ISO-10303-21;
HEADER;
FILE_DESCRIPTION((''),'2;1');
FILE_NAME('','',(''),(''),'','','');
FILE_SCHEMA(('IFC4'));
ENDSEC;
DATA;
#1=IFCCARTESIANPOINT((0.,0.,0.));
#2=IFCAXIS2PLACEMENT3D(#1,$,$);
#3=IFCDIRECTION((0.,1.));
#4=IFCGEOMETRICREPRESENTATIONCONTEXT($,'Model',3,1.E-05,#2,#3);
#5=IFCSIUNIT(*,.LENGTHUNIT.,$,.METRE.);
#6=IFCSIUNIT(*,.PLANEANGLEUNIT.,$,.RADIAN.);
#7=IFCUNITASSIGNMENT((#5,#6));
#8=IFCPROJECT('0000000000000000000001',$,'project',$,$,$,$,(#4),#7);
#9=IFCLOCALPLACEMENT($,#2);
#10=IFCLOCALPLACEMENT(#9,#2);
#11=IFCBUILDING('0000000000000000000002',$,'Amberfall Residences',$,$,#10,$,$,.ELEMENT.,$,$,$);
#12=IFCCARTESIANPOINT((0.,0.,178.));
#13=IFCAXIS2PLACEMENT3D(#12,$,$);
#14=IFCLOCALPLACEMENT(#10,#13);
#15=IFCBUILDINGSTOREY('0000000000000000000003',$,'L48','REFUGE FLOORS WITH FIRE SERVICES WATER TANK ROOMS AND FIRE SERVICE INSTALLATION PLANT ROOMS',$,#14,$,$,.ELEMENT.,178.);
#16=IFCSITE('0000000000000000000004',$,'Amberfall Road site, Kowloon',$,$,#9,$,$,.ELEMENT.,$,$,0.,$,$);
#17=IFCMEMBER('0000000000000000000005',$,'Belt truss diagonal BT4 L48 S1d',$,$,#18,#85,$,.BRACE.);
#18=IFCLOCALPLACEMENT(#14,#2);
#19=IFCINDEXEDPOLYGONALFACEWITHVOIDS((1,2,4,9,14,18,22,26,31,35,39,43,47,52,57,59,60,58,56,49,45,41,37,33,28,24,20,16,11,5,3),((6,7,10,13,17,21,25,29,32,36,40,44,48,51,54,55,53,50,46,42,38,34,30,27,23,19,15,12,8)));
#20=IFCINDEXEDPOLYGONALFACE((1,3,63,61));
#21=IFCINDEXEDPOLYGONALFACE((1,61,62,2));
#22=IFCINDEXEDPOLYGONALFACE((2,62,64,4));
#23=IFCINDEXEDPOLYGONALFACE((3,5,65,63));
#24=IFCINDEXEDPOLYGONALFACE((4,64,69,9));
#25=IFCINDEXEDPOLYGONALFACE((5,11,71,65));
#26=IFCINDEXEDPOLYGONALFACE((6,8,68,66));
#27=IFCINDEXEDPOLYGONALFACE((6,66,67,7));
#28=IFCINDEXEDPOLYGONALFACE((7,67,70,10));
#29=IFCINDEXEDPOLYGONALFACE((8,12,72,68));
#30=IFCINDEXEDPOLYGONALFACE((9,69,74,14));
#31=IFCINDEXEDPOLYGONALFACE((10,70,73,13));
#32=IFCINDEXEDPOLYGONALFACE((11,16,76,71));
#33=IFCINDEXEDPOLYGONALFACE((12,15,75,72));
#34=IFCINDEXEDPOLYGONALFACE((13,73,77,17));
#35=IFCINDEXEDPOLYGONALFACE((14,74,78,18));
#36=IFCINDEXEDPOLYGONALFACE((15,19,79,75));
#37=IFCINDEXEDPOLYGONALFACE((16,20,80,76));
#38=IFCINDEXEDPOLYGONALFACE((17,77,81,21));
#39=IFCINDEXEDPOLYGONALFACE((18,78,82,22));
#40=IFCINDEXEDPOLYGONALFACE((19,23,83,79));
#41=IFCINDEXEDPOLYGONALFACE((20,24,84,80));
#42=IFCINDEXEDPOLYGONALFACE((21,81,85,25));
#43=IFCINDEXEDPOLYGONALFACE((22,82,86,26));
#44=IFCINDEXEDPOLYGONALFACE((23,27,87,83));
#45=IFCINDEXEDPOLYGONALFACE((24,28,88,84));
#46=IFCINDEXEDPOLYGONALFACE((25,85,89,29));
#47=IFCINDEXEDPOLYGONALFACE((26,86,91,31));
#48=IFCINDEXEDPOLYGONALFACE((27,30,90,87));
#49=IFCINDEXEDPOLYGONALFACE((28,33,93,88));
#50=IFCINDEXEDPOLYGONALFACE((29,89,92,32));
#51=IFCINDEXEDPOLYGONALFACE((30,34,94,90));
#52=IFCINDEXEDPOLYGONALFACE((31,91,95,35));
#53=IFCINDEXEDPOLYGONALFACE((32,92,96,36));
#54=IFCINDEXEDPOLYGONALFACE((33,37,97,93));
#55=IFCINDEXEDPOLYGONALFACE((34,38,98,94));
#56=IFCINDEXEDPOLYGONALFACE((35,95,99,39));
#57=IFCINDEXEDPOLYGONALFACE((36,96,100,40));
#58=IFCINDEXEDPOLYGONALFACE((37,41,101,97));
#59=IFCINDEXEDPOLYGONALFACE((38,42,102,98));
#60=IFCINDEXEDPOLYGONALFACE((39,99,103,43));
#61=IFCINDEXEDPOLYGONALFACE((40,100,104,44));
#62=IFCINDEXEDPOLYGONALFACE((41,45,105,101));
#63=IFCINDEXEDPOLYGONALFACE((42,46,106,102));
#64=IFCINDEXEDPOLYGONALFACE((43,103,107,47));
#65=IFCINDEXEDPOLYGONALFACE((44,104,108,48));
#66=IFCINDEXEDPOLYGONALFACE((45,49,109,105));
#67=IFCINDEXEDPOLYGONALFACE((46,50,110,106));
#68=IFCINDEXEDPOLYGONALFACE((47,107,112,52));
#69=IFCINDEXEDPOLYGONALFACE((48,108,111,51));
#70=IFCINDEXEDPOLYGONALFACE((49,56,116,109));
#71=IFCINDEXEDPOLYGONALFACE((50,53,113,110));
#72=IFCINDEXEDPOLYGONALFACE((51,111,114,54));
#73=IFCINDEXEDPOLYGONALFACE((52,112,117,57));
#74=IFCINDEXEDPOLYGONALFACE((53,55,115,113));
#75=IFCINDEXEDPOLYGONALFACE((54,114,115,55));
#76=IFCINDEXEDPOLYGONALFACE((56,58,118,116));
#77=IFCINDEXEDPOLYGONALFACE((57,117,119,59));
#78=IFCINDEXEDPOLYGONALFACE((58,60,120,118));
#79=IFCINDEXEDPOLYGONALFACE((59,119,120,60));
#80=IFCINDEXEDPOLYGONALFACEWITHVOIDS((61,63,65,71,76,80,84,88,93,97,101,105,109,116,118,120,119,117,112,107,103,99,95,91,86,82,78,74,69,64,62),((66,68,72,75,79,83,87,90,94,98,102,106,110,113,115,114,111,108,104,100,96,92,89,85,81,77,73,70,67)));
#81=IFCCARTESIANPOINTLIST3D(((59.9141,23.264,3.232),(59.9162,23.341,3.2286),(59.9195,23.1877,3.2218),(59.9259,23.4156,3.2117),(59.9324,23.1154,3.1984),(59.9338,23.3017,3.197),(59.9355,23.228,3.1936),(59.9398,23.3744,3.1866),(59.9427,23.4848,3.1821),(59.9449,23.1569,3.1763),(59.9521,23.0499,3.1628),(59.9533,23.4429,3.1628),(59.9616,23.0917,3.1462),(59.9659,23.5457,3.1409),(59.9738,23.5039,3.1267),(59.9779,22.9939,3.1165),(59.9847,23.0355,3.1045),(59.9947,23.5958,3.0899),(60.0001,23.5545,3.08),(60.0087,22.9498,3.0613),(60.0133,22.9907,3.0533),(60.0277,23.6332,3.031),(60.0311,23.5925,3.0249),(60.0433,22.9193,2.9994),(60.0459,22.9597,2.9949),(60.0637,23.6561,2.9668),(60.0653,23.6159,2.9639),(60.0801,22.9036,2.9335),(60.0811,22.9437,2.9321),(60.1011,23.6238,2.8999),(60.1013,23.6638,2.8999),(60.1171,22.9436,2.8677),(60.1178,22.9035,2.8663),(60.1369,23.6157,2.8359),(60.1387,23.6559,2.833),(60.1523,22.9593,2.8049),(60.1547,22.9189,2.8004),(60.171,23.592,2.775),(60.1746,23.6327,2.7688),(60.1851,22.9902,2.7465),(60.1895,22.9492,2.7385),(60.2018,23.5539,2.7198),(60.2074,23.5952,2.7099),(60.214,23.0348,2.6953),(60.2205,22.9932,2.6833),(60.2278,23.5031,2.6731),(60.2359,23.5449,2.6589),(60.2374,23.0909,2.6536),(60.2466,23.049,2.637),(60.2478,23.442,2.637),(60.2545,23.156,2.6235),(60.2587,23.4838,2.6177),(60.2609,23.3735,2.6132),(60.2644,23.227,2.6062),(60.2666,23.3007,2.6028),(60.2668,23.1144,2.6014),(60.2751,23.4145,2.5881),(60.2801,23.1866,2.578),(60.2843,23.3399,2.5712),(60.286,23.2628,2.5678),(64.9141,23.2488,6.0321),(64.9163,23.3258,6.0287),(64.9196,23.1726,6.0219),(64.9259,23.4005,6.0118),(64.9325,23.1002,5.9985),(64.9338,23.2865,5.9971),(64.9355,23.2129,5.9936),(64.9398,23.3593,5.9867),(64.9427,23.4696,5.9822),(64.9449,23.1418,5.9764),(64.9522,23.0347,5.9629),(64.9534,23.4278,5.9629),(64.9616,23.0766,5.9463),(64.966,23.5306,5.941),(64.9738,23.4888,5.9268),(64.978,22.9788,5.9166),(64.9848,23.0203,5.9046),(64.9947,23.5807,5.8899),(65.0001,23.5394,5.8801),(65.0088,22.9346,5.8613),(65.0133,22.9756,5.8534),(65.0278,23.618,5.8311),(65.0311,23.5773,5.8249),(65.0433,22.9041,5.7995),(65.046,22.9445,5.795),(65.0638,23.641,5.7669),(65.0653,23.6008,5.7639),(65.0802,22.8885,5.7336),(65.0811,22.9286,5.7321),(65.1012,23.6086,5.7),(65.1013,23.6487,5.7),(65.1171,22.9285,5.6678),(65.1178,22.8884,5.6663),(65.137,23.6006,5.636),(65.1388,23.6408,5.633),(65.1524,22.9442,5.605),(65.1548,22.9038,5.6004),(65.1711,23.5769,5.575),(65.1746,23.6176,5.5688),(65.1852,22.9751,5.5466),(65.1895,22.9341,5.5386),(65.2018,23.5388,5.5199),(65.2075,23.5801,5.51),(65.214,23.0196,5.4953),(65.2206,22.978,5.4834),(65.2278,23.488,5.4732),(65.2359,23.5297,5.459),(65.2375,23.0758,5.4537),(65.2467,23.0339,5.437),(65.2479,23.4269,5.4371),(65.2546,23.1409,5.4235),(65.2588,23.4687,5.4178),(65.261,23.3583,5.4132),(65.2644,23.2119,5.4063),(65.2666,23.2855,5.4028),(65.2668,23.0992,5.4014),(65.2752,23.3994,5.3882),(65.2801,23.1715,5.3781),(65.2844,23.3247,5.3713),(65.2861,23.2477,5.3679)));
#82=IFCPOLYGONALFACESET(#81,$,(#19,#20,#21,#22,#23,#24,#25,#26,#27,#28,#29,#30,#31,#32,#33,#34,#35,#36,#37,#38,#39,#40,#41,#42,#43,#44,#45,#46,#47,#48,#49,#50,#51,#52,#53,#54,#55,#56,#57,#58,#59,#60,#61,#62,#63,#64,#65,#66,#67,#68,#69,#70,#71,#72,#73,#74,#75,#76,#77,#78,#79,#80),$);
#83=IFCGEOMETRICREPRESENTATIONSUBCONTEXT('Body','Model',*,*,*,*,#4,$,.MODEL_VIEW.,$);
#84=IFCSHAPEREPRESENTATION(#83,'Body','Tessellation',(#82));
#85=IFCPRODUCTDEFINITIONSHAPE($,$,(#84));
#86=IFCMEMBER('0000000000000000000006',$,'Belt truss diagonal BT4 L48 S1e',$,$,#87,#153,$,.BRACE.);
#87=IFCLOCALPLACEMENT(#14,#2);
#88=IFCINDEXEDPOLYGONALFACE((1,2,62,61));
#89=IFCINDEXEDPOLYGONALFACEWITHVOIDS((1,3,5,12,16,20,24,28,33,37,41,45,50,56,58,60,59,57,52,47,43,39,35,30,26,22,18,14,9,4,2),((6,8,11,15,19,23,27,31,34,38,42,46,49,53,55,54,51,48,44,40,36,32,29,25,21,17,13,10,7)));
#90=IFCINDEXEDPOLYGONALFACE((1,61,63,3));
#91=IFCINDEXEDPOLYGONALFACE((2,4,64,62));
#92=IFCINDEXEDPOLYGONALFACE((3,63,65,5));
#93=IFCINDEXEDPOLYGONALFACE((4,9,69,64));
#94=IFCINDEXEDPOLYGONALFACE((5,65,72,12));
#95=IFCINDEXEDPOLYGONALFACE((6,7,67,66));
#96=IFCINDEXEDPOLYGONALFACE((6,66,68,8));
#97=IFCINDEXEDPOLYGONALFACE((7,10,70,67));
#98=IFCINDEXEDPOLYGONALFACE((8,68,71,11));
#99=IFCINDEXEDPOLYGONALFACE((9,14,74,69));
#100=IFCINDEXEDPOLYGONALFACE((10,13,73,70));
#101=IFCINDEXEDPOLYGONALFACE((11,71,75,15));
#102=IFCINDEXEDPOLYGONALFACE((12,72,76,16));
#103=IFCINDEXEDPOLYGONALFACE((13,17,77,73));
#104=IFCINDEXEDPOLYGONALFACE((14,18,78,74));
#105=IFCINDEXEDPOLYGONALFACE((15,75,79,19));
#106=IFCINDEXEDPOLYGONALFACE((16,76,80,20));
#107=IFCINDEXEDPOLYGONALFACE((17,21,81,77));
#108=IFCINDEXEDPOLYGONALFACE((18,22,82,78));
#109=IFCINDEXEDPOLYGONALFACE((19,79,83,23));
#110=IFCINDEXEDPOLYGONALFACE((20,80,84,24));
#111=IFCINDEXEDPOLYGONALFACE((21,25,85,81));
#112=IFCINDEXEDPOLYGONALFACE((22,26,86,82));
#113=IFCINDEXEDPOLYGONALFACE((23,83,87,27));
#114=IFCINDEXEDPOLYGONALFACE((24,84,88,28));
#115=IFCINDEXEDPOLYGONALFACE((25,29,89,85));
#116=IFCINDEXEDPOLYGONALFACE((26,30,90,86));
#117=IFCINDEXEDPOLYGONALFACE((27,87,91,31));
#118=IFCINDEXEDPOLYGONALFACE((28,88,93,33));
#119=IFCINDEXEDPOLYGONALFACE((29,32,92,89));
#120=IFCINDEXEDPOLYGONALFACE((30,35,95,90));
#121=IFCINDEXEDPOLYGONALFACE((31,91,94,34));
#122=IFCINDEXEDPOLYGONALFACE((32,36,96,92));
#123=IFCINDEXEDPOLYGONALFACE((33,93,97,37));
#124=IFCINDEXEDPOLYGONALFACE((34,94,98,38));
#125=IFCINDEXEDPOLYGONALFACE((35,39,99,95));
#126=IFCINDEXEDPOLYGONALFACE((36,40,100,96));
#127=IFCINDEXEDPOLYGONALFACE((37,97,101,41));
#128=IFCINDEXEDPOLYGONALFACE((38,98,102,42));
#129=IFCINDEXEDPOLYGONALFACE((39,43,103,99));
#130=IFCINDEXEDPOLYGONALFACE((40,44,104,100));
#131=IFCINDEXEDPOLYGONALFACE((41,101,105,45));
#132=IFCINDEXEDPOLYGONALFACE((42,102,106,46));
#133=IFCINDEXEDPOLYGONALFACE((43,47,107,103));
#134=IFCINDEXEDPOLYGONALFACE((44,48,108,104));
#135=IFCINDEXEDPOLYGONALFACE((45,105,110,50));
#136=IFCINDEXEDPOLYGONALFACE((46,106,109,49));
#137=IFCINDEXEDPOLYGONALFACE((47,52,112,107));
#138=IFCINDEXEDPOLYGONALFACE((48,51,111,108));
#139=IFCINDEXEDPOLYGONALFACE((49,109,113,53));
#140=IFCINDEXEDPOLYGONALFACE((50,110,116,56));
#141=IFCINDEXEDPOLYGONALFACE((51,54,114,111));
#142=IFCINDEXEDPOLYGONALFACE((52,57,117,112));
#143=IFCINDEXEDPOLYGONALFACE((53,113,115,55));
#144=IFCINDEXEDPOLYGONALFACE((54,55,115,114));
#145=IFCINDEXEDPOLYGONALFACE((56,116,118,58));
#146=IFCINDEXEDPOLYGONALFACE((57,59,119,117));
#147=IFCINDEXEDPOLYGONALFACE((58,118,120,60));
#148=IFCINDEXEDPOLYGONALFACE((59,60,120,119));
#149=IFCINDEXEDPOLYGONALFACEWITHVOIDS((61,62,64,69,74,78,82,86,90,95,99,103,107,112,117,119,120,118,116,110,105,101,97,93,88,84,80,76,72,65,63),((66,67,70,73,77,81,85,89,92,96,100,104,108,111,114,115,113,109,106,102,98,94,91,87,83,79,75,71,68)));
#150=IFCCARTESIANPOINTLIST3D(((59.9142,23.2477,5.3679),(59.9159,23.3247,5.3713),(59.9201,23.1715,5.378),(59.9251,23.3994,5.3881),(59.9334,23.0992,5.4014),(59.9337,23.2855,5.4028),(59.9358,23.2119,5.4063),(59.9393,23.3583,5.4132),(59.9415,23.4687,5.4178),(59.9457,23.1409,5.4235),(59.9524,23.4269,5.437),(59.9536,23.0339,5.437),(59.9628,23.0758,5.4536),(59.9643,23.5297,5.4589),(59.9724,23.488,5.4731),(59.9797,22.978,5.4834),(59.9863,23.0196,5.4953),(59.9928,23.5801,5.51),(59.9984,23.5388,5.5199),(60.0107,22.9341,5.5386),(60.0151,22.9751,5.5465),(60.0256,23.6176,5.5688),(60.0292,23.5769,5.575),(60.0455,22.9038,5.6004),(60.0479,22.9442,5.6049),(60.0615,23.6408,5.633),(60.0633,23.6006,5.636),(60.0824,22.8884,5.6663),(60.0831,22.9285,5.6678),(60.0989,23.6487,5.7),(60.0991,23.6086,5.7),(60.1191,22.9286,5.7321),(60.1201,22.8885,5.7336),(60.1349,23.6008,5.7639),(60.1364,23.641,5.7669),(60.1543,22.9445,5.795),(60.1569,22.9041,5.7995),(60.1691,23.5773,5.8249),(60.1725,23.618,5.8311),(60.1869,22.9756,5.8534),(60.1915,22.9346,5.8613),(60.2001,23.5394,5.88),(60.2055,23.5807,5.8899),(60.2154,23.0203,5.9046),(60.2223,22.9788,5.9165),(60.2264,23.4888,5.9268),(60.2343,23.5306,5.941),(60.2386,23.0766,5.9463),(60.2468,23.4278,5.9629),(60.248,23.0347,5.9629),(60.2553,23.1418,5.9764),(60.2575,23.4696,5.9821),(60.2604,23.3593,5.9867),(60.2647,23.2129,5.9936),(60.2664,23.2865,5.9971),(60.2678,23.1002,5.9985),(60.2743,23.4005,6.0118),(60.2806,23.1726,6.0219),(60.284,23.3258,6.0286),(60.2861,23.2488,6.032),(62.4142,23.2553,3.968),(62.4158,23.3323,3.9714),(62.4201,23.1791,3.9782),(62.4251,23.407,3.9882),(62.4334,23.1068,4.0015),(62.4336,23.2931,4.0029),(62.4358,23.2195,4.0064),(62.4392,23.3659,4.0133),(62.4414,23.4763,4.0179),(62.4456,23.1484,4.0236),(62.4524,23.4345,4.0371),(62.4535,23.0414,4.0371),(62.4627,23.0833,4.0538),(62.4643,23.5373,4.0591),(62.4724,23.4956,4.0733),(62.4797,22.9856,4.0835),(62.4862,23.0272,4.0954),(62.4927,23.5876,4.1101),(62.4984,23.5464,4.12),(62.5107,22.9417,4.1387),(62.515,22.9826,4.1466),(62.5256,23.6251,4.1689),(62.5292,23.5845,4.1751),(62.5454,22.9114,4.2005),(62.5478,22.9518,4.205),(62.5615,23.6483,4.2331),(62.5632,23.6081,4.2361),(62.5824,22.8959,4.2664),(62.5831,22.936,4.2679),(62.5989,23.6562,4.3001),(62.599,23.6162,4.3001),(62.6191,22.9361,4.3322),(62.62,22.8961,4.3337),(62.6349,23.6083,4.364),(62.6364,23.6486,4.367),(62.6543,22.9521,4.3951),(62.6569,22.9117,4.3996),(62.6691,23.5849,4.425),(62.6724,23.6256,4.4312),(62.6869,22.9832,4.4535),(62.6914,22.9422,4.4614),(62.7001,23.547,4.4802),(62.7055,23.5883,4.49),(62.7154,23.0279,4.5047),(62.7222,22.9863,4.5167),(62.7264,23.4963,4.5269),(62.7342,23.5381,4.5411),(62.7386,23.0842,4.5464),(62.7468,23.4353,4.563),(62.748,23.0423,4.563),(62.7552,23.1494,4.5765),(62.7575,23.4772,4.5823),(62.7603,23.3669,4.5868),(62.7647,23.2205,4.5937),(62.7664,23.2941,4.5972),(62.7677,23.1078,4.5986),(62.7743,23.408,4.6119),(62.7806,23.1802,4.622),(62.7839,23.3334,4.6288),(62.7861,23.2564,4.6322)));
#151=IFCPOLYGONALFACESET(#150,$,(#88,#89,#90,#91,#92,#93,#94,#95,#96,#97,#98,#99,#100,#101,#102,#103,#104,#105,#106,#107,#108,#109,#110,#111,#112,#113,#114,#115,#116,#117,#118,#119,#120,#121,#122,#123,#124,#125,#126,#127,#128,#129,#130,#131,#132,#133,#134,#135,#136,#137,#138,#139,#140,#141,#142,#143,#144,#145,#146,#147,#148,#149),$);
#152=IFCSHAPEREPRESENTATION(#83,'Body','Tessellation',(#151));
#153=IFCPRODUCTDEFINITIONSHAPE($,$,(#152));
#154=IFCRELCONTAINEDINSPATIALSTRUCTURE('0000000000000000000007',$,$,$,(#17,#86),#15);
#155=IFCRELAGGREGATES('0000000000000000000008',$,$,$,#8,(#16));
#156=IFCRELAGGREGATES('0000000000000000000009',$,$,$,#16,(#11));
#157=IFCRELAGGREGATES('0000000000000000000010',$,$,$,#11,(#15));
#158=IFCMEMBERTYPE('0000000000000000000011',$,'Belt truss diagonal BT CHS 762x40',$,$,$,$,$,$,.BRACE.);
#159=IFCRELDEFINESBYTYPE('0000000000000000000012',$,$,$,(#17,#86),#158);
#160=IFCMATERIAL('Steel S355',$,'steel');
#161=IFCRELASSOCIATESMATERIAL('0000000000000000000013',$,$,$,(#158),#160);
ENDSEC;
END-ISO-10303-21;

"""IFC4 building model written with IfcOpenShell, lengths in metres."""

from ifc_helpers import new_model, si_unit, direction, frame, origin, origin_2d, place, context, subcontext, project, spatial, hollow_circle, extrude, material, material_profile, profile_set, type_object, element, save


model = new_model("IFC4")

# Units and contexts
model_context = context("Model", 3, precision=1e-05, world=origin(), true_north=direction((0.0, 1.0)))
body_context = subcontext(model_context, "Body", "Model", "MODEL_VIEW")
ifc_project = project(units=[si_unit("LENGTHUNIT", "METRE"), si_unit("PLANEANGLEUNIT", "RADIAN")], contexts=[model_context])

# Site, building, storey
site_placement = place(None, origin())
site = spatial("IfcSite", under=ifc_project, at=site_placement, Name="Amberfall Road site, Kowloon", CompositionType="ELEMENT", RefElevation=0.0)
building_placement = place(site_placement, origin())
building = spatial("IfcBuilding", under=site, at=building_placement, Name="Amberfall Residences", CompositionType="ELEMENT")
storey_placement = place(building_placement, frame((0.0, 0.0, 178.0)))
storey = spatial("IfcBuildingStorey", under=building, at=storey_placement, Name="L48", Description="REFUGE FLOORS WITH FIRE SERVICES WATER TANK ROOMS AND FIRE SERVICE INSTALLATION PLANT ROOMS", CompositionType="ELEMENT", Elevation=178.0)

# Shared definitions
ifc_material_1 = material(Name="Steel S355", Category="steel")

# Members
ifc_material_profile_1 = material_profile(ifc_material_1, hollow_circle(Radius=0.3811, WallThickness=0.04, at=origin_2d()), Name="CHS 762x40")
ifc_profile_set_1 = profile_set([ifc_material_profile_1], Name="Steel S355")
member_type = type_object("IfcMemberType", Name="Belt truss diagonal BT CHS 762x40", PredefinedType="BRACE", material=ifc_profile_set_1)
member_1_placement = place(storey_placement, frame((60.1001, 23.2827, 2.8999), z_axis=(0.872499, -0.002641, 0.488608), x_axis=(0.003027, 0.999995, 0.0)))
element("IfcMember", 1, at=member_1_placement, inside=storey, type_object=member_type, Name="Belt truss diagonal BT4 L48 S1d", PredefinedType="BRACE", context=body_context, shape_type="SweptSolid", body=[
    extrude(hollow_circle(Radius=0.3811, WallThickness=0.04, at=origin_2d()), origin(), (0.0, 0.0, 1.0), 5.7307),
])
member_2_placement = place(storey_placement, frame((60.1001, 23.2676, 5.7), z_axis=(0.872518, 0.002641, -0.488576), x_axis=(-0.003027, 0.999995, 0.0)))
element("IfcMember", 2, at=member_2_placement, inside=storey, type_object=member_type, Name="Belt truss diagonal BT4 L48 S1e", PredefinedType="BRACE", context=body_context, shape_type="SweptSolid", body=[
    extrude(hollow_circle(Radius=0.3811, WallThickness=0.04, at=origin_2d()), origin(), (0.0, 0.0, 1.0), 2.8652),
])

save(model, "model.ifc")
